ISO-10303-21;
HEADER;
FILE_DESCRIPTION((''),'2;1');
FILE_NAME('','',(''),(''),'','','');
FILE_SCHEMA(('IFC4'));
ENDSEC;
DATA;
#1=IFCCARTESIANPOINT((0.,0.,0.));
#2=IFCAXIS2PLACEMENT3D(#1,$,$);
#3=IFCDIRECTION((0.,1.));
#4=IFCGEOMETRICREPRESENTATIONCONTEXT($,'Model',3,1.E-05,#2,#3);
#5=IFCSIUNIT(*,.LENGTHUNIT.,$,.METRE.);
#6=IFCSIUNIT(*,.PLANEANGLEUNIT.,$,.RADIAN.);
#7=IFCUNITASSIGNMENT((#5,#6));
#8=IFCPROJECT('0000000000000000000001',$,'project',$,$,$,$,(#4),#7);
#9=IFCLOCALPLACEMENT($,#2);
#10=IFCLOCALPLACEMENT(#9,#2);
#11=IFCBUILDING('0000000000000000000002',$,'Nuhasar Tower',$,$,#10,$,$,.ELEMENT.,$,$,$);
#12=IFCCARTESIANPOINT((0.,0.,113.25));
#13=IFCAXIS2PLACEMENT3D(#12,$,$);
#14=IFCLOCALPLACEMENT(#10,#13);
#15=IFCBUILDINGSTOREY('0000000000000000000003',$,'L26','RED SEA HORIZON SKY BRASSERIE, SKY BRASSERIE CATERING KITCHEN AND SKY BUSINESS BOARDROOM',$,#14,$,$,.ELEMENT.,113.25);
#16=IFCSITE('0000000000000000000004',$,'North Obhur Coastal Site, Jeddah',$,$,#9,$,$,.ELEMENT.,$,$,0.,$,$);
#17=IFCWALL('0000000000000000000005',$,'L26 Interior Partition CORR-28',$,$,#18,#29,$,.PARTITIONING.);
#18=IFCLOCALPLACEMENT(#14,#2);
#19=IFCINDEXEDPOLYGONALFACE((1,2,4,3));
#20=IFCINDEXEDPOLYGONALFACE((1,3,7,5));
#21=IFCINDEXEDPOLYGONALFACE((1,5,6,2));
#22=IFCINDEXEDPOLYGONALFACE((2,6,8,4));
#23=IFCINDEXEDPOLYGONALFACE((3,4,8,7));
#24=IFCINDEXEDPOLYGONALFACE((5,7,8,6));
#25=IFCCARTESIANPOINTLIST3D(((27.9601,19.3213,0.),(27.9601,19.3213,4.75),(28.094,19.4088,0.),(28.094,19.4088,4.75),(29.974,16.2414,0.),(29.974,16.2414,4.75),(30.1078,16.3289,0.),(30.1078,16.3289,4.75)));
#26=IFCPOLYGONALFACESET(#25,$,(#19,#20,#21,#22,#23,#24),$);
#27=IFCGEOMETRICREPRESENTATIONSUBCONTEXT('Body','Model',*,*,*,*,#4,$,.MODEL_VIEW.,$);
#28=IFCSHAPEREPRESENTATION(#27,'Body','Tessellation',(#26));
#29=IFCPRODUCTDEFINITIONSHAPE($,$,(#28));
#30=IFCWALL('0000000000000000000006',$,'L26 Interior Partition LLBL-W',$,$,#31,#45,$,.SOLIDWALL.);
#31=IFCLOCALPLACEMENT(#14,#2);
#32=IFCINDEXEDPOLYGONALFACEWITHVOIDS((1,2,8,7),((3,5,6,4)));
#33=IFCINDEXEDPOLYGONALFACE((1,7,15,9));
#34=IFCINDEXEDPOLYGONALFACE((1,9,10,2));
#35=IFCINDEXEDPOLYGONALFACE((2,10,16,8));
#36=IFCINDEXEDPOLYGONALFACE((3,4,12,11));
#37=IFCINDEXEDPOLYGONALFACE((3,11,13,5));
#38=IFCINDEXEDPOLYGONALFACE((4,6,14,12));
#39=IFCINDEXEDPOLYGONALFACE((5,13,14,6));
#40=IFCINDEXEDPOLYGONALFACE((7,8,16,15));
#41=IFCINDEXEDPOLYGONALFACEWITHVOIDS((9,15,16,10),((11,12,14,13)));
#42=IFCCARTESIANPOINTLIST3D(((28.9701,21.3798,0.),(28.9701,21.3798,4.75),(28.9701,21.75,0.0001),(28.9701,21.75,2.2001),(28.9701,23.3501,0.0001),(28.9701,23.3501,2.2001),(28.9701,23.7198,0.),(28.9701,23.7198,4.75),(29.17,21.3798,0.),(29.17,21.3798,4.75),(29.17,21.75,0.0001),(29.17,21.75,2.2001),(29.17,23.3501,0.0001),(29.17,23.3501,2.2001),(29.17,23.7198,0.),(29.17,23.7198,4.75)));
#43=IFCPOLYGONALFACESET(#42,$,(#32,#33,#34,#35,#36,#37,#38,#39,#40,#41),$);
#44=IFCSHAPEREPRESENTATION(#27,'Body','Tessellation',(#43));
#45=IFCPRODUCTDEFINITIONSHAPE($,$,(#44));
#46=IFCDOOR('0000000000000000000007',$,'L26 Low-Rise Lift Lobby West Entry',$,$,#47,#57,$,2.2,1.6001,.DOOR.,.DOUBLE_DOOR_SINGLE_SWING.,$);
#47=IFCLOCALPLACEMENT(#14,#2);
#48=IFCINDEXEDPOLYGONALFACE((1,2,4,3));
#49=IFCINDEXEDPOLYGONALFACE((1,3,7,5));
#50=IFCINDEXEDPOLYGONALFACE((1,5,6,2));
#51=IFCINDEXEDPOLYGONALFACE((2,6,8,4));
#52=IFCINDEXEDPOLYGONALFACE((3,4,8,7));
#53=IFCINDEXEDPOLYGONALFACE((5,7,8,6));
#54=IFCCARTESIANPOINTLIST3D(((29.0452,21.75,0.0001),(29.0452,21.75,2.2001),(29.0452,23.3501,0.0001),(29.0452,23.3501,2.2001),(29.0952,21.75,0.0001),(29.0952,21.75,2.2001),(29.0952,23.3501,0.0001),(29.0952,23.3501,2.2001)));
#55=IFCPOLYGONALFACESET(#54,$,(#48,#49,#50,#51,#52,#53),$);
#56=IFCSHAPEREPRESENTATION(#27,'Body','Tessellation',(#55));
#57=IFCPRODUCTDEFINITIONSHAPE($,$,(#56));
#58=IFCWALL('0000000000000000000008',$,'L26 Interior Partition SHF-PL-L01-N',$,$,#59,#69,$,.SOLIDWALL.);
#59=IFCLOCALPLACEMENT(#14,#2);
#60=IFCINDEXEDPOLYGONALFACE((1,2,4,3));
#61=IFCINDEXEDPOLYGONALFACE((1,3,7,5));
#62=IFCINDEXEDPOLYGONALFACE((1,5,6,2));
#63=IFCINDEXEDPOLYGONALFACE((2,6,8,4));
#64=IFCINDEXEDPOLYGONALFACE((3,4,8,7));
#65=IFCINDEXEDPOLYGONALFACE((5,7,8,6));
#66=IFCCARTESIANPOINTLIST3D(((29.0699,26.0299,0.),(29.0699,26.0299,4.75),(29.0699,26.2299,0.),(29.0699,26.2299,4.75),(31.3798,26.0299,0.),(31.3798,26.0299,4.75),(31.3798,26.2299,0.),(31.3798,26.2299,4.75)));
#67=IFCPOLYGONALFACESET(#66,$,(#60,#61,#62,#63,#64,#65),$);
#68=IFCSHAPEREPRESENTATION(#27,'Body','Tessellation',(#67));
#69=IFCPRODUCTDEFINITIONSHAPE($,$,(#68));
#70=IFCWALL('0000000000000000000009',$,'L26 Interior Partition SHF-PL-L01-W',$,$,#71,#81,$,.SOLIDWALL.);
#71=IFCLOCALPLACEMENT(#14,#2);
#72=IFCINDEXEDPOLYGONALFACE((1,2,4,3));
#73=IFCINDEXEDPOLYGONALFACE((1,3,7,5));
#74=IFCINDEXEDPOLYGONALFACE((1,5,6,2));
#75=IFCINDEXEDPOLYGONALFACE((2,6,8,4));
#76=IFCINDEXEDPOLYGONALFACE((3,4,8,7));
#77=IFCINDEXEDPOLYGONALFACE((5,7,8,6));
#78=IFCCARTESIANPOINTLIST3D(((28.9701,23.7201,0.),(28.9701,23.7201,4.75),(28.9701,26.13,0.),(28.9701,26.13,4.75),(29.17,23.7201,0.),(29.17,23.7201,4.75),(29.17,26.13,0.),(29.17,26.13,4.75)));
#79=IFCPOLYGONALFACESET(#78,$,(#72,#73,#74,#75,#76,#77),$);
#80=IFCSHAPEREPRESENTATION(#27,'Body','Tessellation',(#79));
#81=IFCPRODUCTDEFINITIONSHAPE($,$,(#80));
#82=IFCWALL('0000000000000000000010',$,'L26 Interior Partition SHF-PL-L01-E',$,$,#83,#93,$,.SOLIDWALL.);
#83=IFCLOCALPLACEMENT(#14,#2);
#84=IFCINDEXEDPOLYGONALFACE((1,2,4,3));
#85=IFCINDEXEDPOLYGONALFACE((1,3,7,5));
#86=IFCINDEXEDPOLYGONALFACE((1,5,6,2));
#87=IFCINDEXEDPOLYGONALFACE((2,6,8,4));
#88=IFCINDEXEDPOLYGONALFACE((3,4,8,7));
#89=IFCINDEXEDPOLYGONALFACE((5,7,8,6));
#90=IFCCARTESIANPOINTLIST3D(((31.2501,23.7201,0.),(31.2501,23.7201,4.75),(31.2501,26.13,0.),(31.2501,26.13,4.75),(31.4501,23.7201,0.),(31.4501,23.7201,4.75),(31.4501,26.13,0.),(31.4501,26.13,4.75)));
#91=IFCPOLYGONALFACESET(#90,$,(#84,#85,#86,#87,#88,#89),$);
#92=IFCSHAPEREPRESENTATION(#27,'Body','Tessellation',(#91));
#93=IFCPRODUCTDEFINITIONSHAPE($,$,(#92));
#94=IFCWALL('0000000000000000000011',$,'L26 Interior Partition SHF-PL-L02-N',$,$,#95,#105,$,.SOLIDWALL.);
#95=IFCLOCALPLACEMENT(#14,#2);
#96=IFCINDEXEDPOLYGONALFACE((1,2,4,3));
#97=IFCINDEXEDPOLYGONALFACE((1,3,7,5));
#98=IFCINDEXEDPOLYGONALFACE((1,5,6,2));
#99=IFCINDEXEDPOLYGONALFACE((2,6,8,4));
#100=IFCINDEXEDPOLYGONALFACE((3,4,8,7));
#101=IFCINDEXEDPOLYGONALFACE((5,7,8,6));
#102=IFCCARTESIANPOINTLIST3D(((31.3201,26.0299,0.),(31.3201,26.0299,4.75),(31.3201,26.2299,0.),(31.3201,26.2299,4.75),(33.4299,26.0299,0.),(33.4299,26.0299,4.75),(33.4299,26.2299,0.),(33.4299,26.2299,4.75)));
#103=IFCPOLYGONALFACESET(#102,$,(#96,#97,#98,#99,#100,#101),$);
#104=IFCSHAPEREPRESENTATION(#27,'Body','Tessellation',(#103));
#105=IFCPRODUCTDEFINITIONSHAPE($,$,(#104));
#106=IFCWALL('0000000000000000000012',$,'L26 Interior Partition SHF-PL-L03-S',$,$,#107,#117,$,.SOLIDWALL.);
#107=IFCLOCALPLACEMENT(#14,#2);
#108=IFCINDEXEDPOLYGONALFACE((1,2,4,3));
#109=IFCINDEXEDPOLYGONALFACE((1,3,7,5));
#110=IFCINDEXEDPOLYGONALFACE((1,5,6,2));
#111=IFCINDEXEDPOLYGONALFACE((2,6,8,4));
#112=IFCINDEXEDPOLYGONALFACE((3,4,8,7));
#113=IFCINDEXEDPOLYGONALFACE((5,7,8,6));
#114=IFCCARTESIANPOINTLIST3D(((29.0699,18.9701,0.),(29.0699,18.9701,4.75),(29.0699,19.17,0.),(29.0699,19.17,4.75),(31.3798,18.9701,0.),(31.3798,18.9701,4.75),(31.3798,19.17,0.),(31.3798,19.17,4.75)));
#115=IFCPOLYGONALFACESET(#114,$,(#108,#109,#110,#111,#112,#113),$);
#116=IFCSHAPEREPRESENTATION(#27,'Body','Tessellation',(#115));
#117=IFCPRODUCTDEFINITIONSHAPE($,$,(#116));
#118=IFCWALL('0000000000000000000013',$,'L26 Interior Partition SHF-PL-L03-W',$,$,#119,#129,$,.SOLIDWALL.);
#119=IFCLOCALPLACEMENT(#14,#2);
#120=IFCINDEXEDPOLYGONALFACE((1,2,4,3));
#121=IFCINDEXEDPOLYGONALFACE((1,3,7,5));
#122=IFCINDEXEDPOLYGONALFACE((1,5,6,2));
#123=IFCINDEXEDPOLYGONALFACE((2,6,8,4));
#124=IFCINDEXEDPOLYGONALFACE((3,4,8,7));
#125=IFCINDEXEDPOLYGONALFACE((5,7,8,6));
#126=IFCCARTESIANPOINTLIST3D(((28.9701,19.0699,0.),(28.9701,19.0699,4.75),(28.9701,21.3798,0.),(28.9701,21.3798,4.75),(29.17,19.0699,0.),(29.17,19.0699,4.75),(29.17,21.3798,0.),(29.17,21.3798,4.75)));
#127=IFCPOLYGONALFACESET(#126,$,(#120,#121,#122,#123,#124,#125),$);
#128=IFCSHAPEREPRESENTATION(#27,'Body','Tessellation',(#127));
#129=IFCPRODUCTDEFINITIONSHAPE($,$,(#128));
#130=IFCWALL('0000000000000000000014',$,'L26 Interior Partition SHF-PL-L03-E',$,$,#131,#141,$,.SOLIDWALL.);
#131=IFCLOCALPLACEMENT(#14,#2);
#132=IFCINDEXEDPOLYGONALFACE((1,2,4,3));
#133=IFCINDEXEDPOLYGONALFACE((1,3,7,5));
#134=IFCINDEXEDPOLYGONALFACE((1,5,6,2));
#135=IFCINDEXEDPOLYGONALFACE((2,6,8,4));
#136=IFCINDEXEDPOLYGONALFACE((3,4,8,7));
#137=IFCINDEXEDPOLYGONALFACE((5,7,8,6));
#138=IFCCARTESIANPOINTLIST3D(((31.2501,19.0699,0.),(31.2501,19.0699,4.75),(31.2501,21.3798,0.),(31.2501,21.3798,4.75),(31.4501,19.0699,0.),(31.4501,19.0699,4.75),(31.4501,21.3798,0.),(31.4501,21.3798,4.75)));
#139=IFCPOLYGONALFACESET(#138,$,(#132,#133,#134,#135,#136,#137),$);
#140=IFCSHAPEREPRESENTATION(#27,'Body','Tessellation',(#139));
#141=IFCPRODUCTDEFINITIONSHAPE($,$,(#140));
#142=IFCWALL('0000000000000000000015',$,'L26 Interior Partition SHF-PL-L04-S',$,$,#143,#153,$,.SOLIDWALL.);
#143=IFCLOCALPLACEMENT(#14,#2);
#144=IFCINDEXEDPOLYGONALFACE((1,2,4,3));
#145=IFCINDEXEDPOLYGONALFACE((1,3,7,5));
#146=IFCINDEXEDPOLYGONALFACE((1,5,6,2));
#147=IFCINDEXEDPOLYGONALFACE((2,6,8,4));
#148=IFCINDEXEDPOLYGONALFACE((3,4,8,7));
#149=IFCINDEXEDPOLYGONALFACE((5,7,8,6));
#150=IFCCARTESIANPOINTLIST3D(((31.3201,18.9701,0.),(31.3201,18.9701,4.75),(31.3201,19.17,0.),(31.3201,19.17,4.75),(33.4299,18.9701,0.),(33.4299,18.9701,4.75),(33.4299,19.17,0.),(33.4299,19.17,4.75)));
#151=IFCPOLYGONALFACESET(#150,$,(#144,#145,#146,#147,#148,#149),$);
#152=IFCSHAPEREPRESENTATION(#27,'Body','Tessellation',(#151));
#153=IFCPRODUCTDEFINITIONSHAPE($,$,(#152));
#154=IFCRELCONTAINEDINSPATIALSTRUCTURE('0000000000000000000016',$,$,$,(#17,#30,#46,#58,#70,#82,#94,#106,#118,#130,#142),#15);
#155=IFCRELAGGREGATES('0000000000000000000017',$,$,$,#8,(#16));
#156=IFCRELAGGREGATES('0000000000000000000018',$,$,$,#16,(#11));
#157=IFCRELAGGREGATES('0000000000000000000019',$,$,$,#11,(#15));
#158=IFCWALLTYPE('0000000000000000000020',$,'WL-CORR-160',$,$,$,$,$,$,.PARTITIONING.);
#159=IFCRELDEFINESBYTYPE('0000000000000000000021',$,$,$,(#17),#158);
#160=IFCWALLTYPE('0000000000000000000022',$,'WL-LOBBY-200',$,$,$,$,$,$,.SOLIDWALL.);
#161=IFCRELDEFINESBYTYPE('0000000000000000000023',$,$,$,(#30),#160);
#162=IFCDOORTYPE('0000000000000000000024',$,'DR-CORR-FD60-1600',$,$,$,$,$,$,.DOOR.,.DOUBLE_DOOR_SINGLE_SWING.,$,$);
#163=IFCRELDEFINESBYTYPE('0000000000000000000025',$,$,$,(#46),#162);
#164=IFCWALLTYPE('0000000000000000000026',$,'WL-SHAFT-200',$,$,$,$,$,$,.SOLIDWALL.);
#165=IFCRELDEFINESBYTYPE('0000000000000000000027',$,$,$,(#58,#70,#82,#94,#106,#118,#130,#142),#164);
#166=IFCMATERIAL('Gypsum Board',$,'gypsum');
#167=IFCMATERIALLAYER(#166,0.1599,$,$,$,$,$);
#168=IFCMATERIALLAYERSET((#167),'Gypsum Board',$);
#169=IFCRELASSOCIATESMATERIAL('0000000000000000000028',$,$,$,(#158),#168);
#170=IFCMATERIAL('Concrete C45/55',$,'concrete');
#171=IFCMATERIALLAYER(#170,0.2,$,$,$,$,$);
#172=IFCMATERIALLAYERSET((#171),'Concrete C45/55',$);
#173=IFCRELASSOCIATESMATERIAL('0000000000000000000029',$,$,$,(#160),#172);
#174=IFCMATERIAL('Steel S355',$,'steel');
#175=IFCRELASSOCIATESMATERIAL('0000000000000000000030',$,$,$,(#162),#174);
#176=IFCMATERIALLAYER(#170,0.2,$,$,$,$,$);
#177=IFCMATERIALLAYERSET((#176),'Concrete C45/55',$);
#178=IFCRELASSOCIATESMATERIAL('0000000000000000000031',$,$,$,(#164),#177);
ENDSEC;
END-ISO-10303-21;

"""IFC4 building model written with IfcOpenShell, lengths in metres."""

from ifc_helpers import new_model, si_unit, direction, frame, frame_2d, origin, place, context, subcontext, project, spatial, rectangle, extrude, material, layer, layer_set, type_object, element, fill, save


model = new_model("IFC4")

# Units and contexts
model_context = context("Model", 3, precision=1e-05, world=origin(), true_north=direction((0.0, 1.0)))
body_context = subcontext(model_context, "Body", "Model", "MODEL_VIEW")
ifc_project = project(units=[si_unit("LENGTHUNIT", "METRE"), si_unit("PLANEANGLEUNIT", "RADIAN")], contexts=[model_context])

# Site, building, storey
site_placement = place(None, origin())
site = spatial("IfcSite", under=ifc_project, at=site_placement, Name="North Obhur Coastal Site, Jeddah", CompositionType="ELEMENT", RefElevation=0.0)
building_placement = place(site_placement, origin())
building = spatial("IfcBuilding", under=site, at=building_placement, Name="Nuhasar Tower", CompositionType="ELEMENT")
storey_placement = place(building_placement, frame((0.0, 0.0, 113.25)))
storey = spatial("IfcBuildingStorey", under=building, at=storey_placement, Name="L26", Description="RED SEA HORIZON SKY BRASSERIE, SKY BRASSERIE CATERING KITCHEN AND SKY BUSINESS BOARDROOM", CompositionType="ELEMENT", Elevation=113.25)

# Wall
ifc_material_1 = material(Name="Gypsum Board", Category="gypsum")
ifc_layer_1 = layer(ifc_material_1, 0.1599)
ifc_layer_set_1 = layer_set([ifc_layer_1], Name="Gypsum Board")
wall_type_1 = type_object("IfcWallType", Name="WL-CORR-160", PredefinedType="PARTITIONING", material=ifc_layer_set_1)
wall_1_placement = place(storey_placement, frame((28.0271, 19.365, 0.0), z_axis=(0.0, 0.0, 1.0), x_axis=(0.547253, -0.836967, 0.0)))
element("IfcWall", 1, at=wall_1_placement, inside=storey, type_object=wall_type_1, Name="L26 Interior Partition CORR-28", PredefinedType="PARTITIONING", context=body_context, shape_type="SweptSolid", body=[
    extrude(rectangle(XDim=3.6799, YDim=0.1599, at=frame_2d((1.8398, 0.0))), origin(), (0.0, 0.0, 1.0), 4.75),
])

# Wall, opening, door
ifc_material_2 = material(Name="Concrete C45/55", Category="concrete")
ifc_layer_2 = layer(ifc_material_2, 0.2)
ifc_layer_set_2 = layer_set([ifc_layer_2], Name="Concrete C45/55")
wall_type_2 = type_object("IfcWallType", Name="WL-LOBBY-200", PredefinedType="SOLIDWALL", material=ifc_layer_set_2)
wall_2_placement = place(storey_placement, frame((29.0701, 21.3799, 0.0), z_axis=(0.0, 0.0, 1.0), x_axis=(0.0, 1.0, 0.0)))
wall_2 = element("IfcWall", 2, at=wall_2_placement, inside=storey, type_object=wall_type_2, Name="L26 Interior Partition LLBL-W", PredefinedType="SOLIDWALL", context=body_context, shape_type="SweptSolid", body=[
    extrude(rectangle(XDim=2.3401, YDim=0.2, at=frame_2d((1.1699, 0.0))), origin(), (0.0, 0.0, 1.0), 4.75),
])
opening_1_placement = place(wall_2_placement, frame((0.3701, 0.0, 0.0)))
opening_1 = element("IfcOpeningElement", 3, at=opening_1_placement, cuts=wall_2, PredefinedType="OPENING", context=body_context, shape_type="SweptSolid", body=[
    extrude(rectangle(XDim=1.6001, YDim=2.2, at=frame_2d((0.8, 1.1001))), frame((0.0, 0.1099, 0.0), z_axis=(0.0, -1.0, 0.0), x_axis=(1.0, 0.0, 0.0)), (0.0, 0.0, 1.0), 0.22),
])
ifc_material_3 = material(Name="Steel S355", Category="steel")
door_type_1 = type_object("IfcDoorType", Name="DR-CORR-FD60-1600", OperationType="DOUBLE_DOOR_SINGLE_SWING", PredefinedType="DOOR", material=ifc_material_3)
door_1_placement = place(opening_1_placement, origin())
door_1 = element("IfcDoor", 4, at=door_1_placement, inside=storey, type_object=door_type_1, Name="L26 Low-Rise Lift Lobby West Entry", OperationType="DOUBLE_DOOR_SINGLE_SWING", OverallHeight=2.2, OverallWidth=1.6001, PredefinedType="DOOR", context=body_context, shape_type="SweptSolid", body=[
    extrude(rectangle(XDim=1.6001, YDim=2.2, at=frame_2d((0.8, 1.1001))), frame((0.0, 0.0249, 0.0), z_axis=(0.0, -1.0, 0.0), x_axis=(1.0, 0.0, 0.0)), (0.0, 0.0, 1.0), 0.05),
])
fill(opening_1, door_1)
ifc_layer_3 = layer(ifc_material_2, 0.2)
ifc_layer_set_3 = layer_set([ifc_layer_3], Name="Concrete C45/55")
wall_type_3 = type_object("IfcWallType", Name="WL-SHAFT-200", PredefinedType="SOLIDWALL", material=ifc_layer_set_3)

# Walls
wall_3_placement = place(storey_placement, frame((29.0701, 26.1299, 0.0), z_axis=(0.0, 0.0, 1.0), x_axis=(1.0, 0.0, 0.0)))
element("IfcWall", 5, at=wall_3_placement, inside=storey, type_object=wall_type_3, Name="L26 Interior Partition SHF-PL-L01-N", PredefinedType="SOLIDWALL", context=body_context, shape_type="SweptSolid", body=[
    extrude(rectangle(XDim=2.3098, YDim=0.2, at=frame_2d((1.1548, 0.0))), origin(), (0.0, 0.0, 1.0), 4.75),
])
for number, where, z_axis, x_axis, name in (
    (6, (29.0701, 23.72, 0.0), (0.0, 0.0, 1.0), (0.0, 1.0, 0.0), "L26 Interior Partition SHF-PL-L01-W"),
    (7, (31.3501, 23.72, 0.0), (0.0, 0.0, 1.0), (0.0, 1.0, 0.0), "L26 Interior Partition SHF-PL-L01-E"),
):
    element("IfcWall", number, at=place(storey_placement, frame(where, z_axis=z_axis, x_axis=x_axis)), inside=storey, type_object=wall_type_3, Name=name, PredefinedType="SOLIDWALL", context=body_context, shape_type="SweptSolid", body=[
        extrude(rectangle(XDim=2.4099, YDim=0.2, at=frame_2d((1.2051, 0.0))), origin(), (0.0, 0.0, 1.0), 4.75),
    ])

# Walls
wall_4_placement = place(storey_placement, frame((31.3201, 26.1299, 0.0), z_axis=(0.0, 0.0, 1.0), x_axis=(1.0, 0.0, 0.0)))
element("IfcWall", 8, at=wall_4_placement, inside=storey, type_object=wall_type_3, Name="L26 Interior Partition SHF-PL-L02-N", PredefinedType="SOLIDWALL", context=body_context, shape_type="SweptSolid", body=[
    extrude(rectangle(XDim=2.1099, YDim=0.2, at=frame_2d((1.0549, 0.0))), origin(), (0.0, 0.0, 1.0), 4.75),
])
wall_5_placement = place(storey_placement, frame((29.0701, 19.0701, 0.0), z_axis=(0.0, 0.0, 1.0), x_axis=(1.0, 0.0, 0.0)))
element("IfcWall", 9, at=wall_5_placement, inside=storey, type_object=wall_type_3, Name="L26 Interior Partition SHF-PL-L03-S", PredefinedType="SOLIDWALL", context=body_context, shape_type="SweptSolid", body=[
    extrude(rectangle(XDim=2.3098, YDim=0.2, at=frame_2d((1.1548, 0.0))), origin(), (0.0, 0.0, 1.0), 4.75),
])

# Walls
for number, where, z_axis, x_axis, name in (
    (10, (29.0701, 19.0701, 0.0), (0.0, 0.0, 1.0), (0.0, 1.0, 0.0), "L26 Interior Partition SHF-PL-L03-W"),
    (11, (31.3501, 19.0701, 0.0), (0.0, 0.0, 1.0), (0.0, 1.0, 0.0), "L26 Interior Partition SHF-PL-L03-E"),
):
    element("IfcWall", number, at=place(storey_placement, frame(where, z_axis=z_axis, x_axis=x_axis)), inside=storey, type_object=wall_type_3, Name=name, PredefinedType="SOLIDWALL", context=body_context, shape_type="SweptSolid", body=[
        extrude(rectangle(XDim=2.3098, YDim=0.2, at=frame_2d((1.1548, 0.0))), origin(), (0.0, 0.0, 1.0), 4.75),
    ])
wall_6_placement = place(storey_placement, frame((31.3201, 19.0701, 0.0), z_axis=(0.0, 0.0, 1.0), x_axis=(1.0, 0.0, 0.0)))
element("IfcWall", 12, at=wall_6_placement, inside=storey, type_object=wall_type_3, Name="L26 Interior Partition SHF-PL-L04-S", PredefinedType="SOLIDWALL", context=body_context, shape_type="SweptSolid", body=[
    extrude(rectangle(XDim=2.1099, YDim=0.2, at=frame_2d((1.0549, 0.0))), origin(), (0.0, 0.0, 1.0), 4.75),
])

save(model, "model.ifc")
